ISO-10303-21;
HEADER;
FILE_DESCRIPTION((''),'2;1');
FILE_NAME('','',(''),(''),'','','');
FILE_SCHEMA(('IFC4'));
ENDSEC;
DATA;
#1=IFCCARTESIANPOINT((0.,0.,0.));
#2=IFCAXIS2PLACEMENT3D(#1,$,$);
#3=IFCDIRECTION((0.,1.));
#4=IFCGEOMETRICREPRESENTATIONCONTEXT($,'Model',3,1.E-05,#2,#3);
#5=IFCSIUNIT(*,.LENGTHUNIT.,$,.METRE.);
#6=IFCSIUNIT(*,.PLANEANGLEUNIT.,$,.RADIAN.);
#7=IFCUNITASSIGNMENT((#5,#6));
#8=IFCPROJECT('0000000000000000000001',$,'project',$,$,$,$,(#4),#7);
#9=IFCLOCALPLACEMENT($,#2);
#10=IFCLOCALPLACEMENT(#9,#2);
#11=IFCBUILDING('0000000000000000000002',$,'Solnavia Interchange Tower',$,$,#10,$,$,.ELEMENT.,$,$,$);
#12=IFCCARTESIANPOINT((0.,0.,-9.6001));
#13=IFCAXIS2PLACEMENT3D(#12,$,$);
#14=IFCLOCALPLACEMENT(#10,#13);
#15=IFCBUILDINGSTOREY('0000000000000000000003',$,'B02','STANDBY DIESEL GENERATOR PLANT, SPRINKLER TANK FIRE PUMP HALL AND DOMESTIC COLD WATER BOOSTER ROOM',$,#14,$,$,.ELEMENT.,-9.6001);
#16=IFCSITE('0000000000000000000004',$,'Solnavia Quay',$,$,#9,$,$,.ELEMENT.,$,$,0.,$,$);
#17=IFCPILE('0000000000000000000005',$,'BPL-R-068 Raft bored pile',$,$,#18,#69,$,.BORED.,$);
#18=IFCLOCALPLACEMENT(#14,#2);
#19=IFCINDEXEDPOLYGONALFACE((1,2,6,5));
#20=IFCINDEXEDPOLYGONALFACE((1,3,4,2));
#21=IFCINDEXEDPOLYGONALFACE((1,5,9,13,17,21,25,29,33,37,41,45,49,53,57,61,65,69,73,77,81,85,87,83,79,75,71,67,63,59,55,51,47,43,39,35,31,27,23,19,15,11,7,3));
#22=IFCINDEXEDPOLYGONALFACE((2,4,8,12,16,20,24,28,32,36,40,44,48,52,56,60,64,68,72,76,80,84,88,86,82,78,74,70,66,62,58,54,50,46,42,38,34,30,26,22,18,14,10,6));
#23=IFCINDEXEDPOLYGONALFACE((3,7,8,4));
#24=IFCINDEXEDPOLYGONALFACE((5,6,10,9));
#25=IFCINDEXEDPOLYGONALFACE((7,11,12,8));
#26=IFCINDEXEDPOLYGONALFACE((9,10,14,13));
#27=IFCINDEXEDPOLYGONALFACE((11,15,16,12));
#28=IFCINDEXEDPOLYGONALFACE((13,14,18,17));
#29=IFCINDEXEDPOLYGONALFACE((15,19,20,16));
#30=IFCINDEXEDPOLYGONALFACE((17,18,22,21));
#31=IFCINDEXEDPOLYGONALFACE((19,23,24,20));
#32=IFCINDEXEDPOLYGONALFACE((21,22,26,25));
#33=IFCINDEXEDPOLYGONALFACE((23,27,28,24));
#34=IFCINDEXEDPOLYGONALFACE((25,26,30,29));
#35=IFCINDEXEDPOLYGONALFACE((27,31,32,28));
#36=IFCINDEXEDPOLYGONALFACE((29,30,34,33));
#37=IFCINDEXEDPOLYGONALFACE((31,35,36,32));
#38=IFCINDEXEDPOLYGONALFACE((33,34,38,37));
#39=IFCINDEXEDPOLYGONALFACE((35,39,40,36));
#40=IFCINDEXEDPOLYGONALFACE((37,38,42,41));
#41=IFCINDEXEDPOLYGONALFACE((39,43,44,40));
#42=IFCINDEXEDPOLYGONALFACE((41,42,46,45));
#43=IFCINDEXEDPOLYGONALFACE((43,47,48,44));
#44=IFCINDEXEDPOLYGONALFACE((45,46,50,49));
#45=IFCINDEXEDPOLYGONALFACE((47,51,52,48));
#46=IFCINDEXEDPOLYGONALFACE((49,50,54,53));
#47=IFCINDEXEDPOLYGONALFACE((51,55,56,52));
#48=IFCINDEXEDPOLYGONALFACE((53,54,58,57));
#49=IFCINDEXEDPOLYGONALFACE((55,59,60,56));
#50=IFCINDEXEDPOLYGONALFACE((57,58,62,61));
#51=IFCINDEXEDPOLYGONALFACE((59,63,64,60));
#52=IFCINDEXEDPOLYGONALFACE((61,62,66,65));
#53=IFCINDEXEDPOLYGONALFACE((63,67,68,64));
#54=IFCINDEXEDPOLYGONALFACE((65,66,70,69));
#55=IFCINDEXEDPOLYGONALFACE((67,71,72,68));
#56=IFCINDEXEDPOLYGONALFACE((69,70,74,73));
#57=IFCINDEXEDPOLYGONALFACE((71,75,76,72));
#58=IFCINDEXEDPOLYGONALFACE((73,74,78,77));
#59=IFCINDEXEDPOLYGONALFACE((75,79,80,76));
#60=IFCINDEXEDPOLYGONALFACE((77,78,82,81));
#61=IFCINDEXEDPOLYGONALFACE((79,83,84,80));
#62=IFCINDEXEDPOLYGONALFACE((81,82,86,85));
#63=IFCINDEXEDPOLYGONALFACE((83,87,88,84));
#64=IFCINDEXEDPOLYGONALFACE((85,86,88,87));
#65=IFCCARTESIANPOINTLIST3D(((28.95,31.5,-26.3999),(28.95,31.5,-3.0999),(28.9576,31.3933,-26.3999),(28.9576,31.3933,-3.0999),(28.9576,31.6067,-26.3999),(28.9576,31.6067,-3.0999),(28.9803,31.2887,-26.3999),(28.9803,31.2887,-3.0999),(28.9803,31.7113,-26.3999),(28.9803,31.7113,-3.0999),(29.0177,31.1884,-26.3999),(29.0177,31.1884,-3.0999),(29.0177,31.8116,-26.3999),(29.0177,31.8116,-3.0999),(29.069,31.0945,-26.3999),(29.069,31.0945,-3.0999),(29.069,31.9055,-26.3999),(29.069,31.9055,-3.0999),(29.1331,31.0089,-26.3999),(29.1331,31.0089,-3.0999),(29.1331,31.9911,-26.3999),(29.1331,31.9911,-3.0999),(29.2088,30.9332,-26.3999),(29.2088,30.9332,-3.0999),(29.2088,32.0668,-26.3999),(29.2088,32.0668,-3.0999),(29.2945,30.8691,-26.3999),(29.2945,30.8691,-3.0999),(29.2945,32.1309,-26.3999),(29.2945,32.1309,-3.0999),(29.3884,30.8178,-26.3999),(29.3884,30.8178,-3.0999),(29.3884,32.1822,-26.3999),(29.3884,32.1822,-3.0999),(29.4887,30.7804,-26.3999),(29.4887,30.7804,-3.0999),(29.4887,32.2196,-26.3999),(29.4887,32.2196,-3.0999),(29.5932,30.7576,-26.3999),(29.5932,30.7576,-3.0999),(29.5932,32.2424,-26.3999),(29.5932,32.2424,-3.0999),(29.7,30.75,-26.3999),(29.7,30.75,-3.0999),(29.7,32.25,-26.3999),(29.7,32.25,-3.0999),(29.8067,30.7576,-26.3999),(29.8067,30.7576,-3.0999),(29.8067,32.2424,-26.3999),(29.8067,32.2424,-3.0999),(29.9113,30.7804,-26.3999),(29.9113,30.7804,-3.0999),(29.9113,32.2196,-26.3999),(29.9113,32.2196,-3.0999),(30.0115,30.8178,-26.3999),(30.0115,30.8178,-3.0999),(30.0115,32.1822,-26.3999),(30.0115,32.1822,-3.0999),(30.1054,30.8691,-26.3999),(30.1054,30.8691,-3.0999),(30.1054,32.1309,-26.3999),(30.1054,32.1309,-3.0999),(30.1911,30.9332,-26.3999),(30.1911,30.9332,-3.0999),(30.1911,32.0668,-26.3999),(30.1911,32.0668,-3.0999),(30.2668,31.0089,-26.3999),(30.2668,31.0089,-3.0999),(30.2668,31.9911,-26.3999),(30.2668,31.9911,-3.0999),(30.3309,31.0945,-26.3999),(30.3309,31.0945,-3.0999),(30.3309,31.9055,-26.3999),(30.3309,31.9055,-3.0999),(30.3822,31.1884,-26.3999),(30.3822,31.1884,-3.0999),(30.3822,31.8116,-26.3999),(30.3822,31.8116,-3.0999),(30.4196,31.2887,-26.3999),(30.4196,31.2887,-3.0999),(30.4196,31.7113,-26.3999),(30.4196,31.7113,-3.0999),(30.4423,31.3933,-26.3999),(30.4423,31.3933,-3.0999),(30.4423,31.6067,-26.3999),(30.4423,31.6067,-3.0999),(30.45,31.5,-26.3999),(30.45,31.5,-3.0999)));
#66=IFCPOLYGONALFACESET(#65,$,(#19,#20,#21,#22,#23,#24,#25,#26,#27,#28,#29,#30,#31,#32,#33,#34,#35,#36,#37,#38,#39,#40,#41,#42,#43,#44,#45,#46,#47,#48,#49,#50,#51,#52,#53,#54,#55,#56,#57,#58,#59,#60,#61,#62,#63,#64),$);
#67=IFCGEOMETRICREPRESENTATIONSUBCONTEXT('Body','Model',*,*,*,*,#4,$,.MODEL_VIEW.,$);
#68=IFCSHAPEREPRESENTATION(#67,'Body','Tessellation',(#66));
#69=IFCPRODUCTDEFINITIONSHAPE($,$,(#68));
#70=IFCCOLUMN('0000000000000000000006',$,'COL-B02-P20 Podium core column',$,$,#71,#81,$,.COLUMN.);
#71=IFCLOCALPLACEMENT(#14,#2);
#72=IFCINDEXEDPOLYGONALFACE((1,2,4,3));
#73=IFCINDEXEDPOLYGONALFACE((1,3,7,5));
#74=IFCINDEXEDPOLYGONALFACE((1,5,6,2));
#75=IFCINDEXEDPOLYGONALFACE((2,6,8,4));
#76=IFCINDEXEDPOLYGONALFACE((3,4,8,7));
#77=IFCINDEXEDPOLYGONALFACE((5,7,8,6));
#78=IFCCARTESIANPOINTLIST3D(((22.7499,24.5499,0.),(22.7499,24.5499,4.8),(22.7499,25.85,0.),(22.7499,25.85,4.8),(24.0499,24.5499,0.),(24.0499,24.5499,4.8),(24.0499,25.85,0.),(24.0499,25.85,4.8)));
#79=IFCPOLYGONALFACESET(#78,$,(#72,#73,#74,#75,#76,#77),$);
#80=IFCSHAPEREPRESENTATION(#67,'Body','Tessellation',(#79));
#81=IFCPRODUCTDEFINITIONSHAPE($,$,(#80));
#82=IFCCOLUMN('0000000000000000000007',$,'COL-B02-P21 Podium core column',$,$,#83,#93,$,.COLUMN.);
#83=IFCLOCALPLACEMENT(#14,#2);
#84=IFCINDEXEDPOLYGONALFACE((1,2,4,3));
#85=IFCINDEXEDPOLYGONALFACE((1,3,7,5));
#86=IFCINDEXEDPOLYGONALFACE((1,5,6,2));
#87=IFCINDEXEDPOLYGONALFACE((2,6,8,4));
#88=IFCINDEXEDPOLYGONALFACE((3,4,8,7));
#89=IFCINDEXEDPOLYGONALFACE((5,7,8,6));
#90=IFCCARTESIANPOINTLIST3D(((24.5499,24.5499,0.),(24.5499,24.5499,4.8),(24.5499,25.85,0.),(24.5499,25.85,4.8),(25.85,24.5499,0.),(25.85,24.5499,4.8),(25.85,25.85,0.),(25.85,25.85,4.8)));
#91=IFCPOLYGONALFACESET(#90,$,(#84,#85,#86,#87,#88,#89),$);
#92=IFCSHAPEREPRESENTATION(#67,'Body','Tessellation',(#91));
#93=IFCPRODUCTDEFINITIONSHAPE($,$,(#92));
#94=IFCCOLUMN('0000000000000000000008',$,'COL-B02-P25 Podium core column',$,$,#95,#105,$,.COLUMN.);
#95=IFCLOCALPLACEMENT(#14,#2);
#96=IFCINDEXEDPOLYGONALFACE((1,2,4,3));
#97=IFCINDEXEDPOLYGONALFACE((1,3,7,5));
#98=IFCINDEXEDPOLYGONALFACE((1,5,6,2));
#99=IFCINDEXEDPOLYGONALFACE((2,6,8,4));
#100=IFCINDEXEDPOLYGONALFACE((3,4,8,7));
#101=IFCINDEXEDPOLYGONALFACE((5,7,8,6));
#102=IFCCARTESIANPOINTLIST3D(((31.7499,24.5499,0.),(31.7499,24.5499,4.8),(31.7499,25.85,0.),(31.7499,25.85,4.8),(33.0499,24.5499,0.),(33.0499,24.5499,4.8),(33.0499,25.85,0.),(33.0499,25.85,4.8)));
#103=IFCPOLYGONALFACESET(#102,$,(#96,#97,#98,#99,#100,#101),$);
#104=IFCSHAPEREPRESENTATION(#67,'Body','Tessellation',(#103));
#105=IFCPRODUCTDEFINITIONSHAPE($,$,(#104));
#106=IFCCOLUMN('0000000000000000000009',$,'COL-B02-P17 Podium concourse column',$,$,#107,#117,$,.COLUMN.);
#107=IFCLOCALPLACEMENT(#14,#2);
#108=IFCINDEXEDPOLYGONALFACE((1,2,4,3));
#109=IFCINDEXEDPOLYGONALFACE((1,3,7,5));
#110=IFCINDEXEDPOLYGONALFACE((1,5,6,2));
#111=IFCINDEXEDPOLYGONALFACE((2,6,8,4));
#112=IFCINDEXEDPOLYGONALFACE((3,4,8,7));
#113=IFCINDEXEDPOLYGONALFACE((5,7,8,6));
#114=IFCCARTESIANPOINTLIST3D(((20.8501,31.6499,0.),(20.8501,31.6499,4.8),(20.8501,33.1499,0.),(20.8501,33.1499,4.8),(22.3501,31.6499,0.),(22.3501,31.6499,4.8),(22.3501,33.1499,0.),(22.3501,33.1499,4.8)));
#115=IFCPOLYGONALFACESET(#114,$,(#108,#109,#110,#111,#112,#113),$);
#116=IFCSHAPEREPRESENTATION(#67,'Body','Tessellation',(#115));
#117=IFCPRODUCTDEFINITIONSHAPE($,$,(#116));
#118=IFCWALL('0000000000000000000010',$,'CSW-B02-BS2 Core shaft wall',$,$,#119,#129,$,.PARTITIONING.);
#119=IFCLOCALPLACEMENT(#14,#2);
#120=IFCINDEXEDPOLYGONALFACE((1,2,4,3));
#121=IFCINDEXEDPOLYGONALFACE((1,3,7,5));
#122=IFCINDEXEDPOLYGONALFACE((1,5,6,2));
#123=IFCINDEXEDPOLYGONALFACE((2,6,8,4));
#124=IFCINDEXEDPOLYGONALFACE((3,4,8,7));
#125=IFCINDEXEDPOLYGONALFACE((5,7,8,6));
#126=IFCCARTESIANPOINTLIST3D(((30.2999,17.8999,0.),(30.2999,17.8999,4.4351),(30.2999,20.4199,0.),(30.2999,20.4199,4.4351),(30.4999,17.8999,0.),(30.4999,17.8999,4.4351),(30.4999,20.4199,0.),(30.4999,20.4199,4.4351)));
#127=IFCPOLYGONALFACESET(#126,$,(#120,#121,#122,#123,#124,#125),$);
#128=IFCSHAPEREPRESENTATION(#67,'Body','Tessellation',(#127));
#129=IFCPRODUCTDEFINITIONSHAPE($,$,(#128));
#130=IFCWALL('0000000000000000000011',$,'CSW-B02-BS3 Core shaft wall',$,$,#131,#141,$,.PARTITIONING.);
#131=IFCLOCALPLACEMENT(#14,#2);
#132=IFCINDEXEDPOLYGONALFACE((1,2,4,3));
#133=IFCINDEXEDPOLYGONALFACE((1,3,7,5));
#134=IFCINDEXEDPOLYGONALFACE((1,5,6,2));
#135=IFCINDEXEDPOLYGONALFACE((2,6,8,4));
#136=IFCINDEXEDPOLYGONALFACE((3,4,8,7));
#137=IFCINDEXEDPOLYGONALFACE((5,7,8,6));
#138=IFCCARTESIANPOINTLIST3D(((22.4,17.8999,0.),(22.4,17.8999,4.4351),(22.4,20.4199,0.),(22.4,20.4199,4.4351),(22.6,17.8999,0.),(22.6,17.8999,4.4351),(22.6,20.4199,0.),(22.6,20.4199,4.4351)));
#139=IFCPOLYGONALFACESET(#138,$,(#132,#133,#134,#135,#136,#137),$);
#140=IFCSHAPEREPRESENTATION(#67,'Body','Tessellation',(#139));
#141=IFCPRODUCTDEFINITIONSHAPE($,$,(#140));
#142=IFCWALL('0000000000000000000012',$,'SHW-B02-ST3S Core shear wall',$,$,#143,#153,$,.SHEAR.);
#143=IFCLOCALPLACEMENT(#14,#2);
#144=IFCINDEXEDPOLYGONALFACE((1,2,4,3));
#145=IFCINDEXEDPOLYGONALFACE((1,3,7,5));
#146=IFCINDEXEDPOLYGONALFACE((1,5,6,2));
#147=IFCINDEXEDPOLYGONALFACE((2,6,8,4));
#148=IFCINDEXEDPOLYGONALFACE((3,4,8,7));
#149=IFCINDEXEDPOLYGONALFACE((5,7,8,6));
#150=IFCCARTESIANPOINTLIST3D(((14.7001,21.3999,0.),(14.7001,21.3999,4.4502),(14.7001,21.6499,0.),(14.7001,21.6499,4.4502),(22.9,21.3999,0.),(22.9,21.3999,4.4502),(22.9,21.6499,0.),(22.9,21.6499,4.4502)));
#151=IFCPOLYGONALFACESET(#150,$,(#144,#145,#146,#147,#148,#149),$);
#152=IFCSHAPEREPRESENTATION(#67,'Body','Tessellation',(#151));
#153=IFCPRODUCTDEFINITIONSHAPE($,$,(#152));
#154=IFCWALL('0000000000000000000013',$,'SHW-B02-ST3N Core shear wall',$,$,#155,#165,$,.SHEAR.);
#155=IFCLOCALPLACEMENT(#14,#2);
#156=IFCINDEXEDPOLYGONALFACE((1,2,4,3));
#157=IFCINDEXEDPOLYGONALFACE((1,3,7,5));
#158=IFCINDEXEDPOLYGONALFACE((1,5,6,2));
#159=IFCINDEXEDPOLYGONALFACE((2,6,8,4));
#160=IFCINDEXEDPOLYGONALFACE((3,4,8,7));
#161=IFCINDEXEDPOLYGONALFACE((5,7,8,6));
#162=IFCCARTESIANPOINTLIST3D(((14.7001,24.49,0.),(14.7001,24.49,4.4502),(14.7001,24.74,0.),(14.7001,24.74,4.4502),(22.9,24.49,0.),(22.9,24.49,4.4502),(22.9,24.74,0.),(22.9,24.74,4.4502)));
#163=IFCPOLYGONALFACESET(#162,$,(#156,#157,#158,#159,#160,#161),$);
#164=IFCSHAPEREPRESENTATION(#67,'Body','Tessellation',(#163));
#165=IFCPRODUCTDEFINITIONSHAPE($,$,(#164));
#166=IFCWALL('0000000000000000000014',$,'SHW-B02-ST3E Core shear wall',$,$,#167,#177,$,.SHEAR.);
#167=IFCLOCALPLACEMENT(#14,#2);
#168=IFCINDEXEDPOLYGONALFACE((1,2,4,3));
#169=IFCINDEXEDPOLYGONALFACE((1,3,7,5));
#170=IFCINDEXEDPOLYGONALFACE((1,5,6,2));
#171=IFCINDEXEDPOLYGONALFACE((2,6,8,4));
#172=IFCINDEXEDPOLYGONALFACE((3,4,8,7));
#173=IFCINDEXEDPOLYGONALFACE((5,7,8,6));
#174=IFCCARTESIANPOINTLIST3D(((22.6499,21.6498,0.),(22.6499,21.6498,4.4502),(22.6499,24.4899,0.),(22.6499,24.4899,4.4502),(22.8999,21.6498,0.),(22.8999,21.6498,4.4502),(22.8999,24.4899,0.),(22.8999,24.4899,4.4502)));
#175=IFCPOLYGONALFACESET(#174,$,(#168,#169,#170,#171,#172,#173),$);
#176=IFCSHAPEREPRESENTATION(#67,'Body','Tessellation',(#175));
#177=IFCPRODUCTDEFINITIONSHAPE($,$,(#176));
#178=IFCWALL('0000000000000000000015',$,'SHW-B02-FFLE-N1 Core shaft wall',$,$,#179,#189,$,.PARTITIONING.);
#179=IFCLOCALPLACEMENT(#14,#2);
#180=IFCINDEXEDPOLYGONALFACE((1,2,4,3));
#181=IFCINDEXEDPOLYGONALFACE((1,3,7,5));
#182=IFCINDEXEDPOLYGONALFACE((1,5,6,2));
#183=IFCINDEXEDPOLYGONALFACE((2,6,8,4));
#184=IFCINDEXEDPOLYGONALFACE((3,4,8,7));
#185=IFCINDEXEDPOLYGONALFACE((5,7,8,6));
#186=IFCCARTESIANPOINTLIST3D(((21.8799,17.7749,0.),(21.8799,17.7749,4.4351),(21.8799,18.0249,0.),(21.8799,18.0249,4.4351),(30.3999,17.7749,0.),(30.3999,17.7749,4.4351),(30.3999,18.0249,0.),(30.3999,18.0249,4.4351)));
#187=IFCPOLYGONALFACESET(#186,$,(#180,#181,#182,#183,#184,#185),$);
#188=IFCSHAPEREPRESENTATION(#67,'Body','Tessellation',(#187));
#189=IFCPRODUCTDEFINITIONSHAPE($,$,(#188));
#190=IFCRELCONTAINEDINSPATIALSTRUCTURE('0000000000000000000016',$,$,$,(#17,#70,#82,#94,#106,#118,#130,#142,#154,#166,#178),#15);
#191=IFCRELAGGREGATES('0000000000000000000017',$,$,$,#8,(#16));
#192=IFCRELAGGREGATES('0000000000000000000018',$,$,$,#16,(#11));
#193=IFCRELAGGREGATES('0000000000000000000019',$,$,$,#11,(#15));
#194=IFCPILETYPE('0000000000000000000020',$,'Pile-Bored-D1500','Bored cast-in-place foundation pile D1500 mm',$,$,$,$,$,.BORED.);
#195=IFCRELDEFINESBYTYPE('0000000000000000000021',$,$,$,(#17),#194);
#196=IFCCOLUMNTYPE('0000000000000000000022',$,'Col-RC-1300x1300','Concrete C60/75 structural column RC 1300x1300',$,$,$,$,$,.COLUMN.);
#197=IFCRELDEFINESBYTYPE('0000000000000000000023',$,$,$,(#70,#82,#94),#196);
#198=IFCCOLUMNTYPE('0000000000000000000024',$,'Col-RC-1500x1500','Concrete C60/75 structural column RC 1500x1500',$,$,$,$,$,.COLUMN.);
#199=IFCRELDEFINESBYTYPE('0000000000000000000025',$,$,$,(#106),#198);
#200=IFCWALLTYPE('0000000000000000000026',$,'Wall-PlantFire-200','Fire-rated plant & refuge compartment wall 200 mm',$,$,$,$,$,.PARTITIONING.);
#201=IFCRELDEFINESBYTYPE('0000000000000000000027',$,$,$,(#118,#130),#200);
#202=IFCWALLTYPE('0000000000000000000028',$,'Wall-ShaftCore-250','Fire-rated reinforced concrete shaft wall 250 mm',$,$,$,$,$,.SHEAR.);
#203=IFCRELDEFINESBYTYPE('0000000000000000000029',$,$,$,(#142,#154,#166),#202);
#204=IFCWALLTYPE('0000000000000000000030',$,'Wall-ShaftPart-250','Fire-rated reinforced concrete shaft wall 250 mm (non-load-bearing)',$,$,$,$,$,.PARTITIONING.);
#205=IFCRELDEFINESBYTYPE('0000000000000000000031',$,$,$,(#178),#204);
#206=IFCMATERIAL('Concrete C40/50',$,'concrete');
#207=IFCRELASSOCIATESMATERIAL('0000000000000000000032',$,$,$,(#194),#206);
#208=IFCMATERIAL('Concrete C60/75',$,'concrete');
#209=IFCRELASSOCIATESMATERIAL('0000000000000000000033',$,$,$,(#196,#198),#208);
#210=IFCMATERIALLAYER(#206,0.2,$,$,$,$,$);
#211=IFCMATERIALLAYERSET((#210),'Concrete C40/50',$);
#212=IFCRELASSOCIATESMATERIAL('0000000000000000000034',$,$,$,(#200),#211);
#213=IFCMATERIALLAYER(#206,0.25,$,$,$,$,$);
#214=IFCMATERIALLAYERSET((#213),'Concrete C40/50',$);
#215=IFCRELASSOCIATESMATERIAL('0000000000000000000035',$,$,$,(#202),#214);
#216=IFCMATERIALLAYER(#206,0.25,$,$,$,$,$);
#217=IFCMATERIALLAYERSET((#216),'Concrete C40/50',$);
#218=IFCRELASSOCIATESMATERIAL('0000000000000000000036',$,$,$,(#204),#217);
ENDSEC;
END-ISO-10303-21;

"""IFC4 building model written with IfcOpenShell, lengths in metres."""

from ifc_helpers import new_model, si_unit, direction, frame, frame_2d, origin, origin_2d, place, context, subcontext, project, spatial, rectangle, circle, extrude, material, layer, layer_set, material_profile, profile_set, type_object, element, save


model = new_model("IFC4")

# Units and contexts
model_context = context("Model", 3, precision=1e-05, world=origin(), true_north=direction((0.0, 1.0)))
body_context = subcontext(model_context, "Body", "Model", "MODEL_VIEW")
ifc_project = project(units=[si_unit("LENGTHUNIT", "METRE"), si_unit("PLANEANGLEUNIT", "RADIAN")], contexts=[model_context])

# Site, building, storey
site_placement = place(None, origin())
site = spatial("IfcSite", under=ifc_project, at=site_placement, Name="Solnavia Quay", CompositionType="ELEMENT", RefElevation=0.0)
building_placement = place(site_placement, origin())
building = spatial("IfcBuilding", under=site, at=building_placement, Name="Solnavia Interchange Tower", CompositionType="ELEMENT")
storey_placement = place(building_placement, frame((0.0, 0.0, -9.6001)))
storey = spatial("IfcBuildingStorey", under=building, at=storey_placement, Name="B02", Description="STANDBY DIESEL GENERATOR PLANT, SPRINKLER TANK FIRE PUMP HALL AND DOMESTIC COLD WATER BOOSTER ROOM", CompositionType="ELEMENT", Elevation=-9.6001)

# Pile
ifc_material_1 = material(Name="Concrete C40/50", Category="concrete")
ifc_material_profile_1 = material_profile(ifc_material_1, circle(Radius=0.75, at=origin_2d()), Name="PILE D1500")
ifc_profile_set_1 = profile_set([ifc_material_profile_1], Name="Concrete C40/50")
pile_type = type_object("IfcPileType", Name="Pile-Bored-D1500", Description="Bored cast-in-place foundation pile D1500 mm", PredefinedType="BORED", material=ifc_profile_set_1)
for number, where, z_axis, x_axis, name in (
    (1, (29.7, 31.5, -3.0999), (0.0, 0.0, -1.0), (1.0, 0.0, 0.0), "BPL-R-068 Raft bored pile"),
):
    element("IfcPile", number, at=place(storey_placement, frame(where, z_axis=z_axis, x_axis=x_axis)), inside=storey, type_object=pile_type, Name=name, PredefinedType="BORED", context=body_context, shape_type="SweptSolid", body=[
        extrude(circle(Radius=0.75, at=origin_2d()), origin(), (0.0, 0.0, 1.0), 23.3),
    ])

# Columns
ifc_material_2 = material(Name="Concrete C60/75", Category="concrete")
ifc_material_profile_2 = material_profile(ifc_material_2, rectangle(XDim=1.3, YDim=1.3, at=origin_2d()), Name="RC 1300x1300")
ifc_profile_set_2 = profile_set([ifc_material_profile_2], Name="Concrete C60/75")
column_type_1 = type_object("IfcColumnType", Name="Col-RC-1300x1300", Description="Concrete C60/75 structural column RC 1300x1300", PredefinedType="COLUMN", material=ifc_profile_set_2)
for number, where, z_axis, x_axis, name in (
    (2, (23.3999, 25.2, 0.0), (0.0, 0.0, 1.0), (1.0, 0.0, 0.0), "COL-B02-P20 Podium core column"),
    (3, (25.2, 25.2, 0.0), (0.0, 0.0, 1.0), (1.0, 0.0, 0.0), "COL-B02-P21 Podium core column"),
    (4, (32.3999, 25.2, 0.0), (0.0, 0.0, 1.0), (1.0, 0.0, 0.0), "COL-B02-P25 Podium core column"),
):
    element("IfcColumn", number, at=place(storey_placement, frame(where, z_axis=z_axis, x_axis=x_axis)), inside=storey, type_object=column_type_1, Name=name, PredefinedType="COLUMN", context=body_context, shape_type="SweptSolid", body=[
        extrude(rectangle(XDim=1.3, YDim=1.3, at=origin_2d()), origin(), (0.0, 0.0, 1.0), 4.8),
    ])
ifc_material_profile_3 = material_profile(ifc_material_2, rectangle(XDim=1.5, YDim=1.5, at=origin_2d()), Name="RC 1500x1500")
ifc_profile_set_3 = profile_set([ifc_material_profile_3], Name="Concrete C60/75")
column_type_2 = type_object("IfcColumnType", Name="Col-RC-1500x1500", Description="Concrete C60/75 structural column RC 1500x1500", PredefinedType="COLUMN", material=ifc_profile_set_3)
column_placement = place(storey_placement, frame((21.6001, 32.3999, 0.0), z_axis=(0.0, 0.0, 1.0), x_axis=(1.0, 0.0, 0.0)))
element("IfcColumn", 5, at=column_placement, inside=storey, type_object=column_type_2, Name="COL-B02-P17 Podium concourse column", PredefinedType="COLUMN", context=body_context, shape_type="SweptSolid", body=[
    extrude(rectangle(XDim=1.5, YDim=1.5, at=origin_2d()), origin(), (0.0, 0.0, 1.0), 4.8),
])

# Walls
ifc_layer_1 = layer(ifc_material_1, 0.2)
ifc_layer_set_1 = layer_set([ifc_layer_1], Name="Concrete C40/50")
wall_type_1 = type_object("IfcWallType", Name="Wall-PlantFire-200", Description="Fire-rated plant & refuge compartment wall 200 mm", PredefinedType="PARTITIONING", material=ifc_layer_set_1)
for number, where, z_axis, x_axis, name in (
    (6, (30.3999, 17.8999, 0.0), (0.0, 0.0, 1.0), (0.0, 1.0, 0.0), "CSW-B02-BS2 Core shaft wall"),
    (7, (22.5, 17.8999, 0.0), (0.0, 0.0, 1.0), (0.0, 1.0, 0.0), "CSW-B02-BS3 Core shaft wall"),
):
    element("IfcWall", number, at=place(storey_placement, frame(where, z_axis=z_axis, x_axis=x_axis)), inside=storey, type_object=wall_type_1, Name=name, PredefinedType="PARTITIONING", context=body_context, shape_type="SweptSolid", body=[
        extrude(rectangle(XDim=2.52, YDim=0.2, at=frame_2d((1.26, 0.0))), origin(), (0.0, 0.0, 1.0), 4.4351),
    ])
ifc_layer_2 = layer(ifc_material_1, 0.25)
ifc_layer_set_2 = layer_set([ifc_layer_2], Name="Concrete C40/50")
wall_type_2 = type_object("IfcWallType", Name="Wall-ShaftCore-250", Description="Fire-rated reinforced concrete shaft wall 250 mm", PredefinedType="SHEAR", material=ifc_layer_set_2)
for number, where, z_axis, x_axis, name in (
    (8, (14.7, 21.5249, 0.0), (0.0, 0.0, 1.0), (1.0, 0.0, 0.0), "SHW-B02-ST3S Core shear wall"),
    (9, (14.7, 24.615, 0.0), (0.0, 0.0, 1.0), (1.0, 0.0, 0.0), "SHW-B02-ST3N Core shear wall"),
):
    element("IfcWall", number, at=place(storey_placement, frame(where, z_axis=z_axis, x_axis=x_axis)), inside=storey, type_object=wall_type_2, Name=name, PredefinedType="SHEAR", context=body_context, shape_type="SweptSolid", body=[
        extrude(rectangle(XDim=8.2, YDim=0.25, at=frame_2d((4.1001, 0.0))), origin(), (0.0, 0.0, 1.0), 4.4502),
    ])
wall_1_placement = place(storey_placement, frame((22.7749, 21.6499, 0.0), z_axis=(0.0, 0.0, 1.0), x_axis=(0.0, 1.0, 0.0)))
element("IfcWall", 10, at=wall_1_placement, inside=storey, type_object=wall_type_2, Name="SHW-B02-ST3E Core shear wall", PredefinedType="SHEAR", context=body_context, shape_type="SweptSolid", body=[
    extrude(rectangle(XDim=2.8401, YDim=0.25, at=frame_2d((1.4199, 0.0))), origin(), (0.0, 0.0, 1.0), 4.4502),
])
ifc_layer_3 = layer(ifc_material_1, 0.25)
ifc_layer_set_3 = layer_set([ifc_layer_3], Name="Concrete C40/50")
wall_type_3 = type_object("IfcWallType", Name="Wall-ShaftPart-250", Description="Fire-rated reinforced concrete shaft wall 250 mm (non-load-bearing)", PredefinedType="PARTITIONING", material=ifc_layer_set_3)
wall_2_placement = place(storey_placement, frame((21.8799, 17.8999, 0.0), z_axis=(0.0, 0.0, 1.0), x_axis=(1.0, 0.0, 0.0)))
element("IfcWall", 11, at=wall_2_placement, inside=storey, type_object=wall_type_3, Name="SHW-B02-FFLE-N1 Core shaft wall", PredefinedType="PARTITIONING", context=body_context, shape_type="SweptSolid", body=[
    extrude(rectangle(XDim=8.52, YDim=0.25, at=frame_2d((4.26, 0.0))), origin(), (0.0, 0.0, 1.0), 4.4351),
])

save(model, "model.ifc")
